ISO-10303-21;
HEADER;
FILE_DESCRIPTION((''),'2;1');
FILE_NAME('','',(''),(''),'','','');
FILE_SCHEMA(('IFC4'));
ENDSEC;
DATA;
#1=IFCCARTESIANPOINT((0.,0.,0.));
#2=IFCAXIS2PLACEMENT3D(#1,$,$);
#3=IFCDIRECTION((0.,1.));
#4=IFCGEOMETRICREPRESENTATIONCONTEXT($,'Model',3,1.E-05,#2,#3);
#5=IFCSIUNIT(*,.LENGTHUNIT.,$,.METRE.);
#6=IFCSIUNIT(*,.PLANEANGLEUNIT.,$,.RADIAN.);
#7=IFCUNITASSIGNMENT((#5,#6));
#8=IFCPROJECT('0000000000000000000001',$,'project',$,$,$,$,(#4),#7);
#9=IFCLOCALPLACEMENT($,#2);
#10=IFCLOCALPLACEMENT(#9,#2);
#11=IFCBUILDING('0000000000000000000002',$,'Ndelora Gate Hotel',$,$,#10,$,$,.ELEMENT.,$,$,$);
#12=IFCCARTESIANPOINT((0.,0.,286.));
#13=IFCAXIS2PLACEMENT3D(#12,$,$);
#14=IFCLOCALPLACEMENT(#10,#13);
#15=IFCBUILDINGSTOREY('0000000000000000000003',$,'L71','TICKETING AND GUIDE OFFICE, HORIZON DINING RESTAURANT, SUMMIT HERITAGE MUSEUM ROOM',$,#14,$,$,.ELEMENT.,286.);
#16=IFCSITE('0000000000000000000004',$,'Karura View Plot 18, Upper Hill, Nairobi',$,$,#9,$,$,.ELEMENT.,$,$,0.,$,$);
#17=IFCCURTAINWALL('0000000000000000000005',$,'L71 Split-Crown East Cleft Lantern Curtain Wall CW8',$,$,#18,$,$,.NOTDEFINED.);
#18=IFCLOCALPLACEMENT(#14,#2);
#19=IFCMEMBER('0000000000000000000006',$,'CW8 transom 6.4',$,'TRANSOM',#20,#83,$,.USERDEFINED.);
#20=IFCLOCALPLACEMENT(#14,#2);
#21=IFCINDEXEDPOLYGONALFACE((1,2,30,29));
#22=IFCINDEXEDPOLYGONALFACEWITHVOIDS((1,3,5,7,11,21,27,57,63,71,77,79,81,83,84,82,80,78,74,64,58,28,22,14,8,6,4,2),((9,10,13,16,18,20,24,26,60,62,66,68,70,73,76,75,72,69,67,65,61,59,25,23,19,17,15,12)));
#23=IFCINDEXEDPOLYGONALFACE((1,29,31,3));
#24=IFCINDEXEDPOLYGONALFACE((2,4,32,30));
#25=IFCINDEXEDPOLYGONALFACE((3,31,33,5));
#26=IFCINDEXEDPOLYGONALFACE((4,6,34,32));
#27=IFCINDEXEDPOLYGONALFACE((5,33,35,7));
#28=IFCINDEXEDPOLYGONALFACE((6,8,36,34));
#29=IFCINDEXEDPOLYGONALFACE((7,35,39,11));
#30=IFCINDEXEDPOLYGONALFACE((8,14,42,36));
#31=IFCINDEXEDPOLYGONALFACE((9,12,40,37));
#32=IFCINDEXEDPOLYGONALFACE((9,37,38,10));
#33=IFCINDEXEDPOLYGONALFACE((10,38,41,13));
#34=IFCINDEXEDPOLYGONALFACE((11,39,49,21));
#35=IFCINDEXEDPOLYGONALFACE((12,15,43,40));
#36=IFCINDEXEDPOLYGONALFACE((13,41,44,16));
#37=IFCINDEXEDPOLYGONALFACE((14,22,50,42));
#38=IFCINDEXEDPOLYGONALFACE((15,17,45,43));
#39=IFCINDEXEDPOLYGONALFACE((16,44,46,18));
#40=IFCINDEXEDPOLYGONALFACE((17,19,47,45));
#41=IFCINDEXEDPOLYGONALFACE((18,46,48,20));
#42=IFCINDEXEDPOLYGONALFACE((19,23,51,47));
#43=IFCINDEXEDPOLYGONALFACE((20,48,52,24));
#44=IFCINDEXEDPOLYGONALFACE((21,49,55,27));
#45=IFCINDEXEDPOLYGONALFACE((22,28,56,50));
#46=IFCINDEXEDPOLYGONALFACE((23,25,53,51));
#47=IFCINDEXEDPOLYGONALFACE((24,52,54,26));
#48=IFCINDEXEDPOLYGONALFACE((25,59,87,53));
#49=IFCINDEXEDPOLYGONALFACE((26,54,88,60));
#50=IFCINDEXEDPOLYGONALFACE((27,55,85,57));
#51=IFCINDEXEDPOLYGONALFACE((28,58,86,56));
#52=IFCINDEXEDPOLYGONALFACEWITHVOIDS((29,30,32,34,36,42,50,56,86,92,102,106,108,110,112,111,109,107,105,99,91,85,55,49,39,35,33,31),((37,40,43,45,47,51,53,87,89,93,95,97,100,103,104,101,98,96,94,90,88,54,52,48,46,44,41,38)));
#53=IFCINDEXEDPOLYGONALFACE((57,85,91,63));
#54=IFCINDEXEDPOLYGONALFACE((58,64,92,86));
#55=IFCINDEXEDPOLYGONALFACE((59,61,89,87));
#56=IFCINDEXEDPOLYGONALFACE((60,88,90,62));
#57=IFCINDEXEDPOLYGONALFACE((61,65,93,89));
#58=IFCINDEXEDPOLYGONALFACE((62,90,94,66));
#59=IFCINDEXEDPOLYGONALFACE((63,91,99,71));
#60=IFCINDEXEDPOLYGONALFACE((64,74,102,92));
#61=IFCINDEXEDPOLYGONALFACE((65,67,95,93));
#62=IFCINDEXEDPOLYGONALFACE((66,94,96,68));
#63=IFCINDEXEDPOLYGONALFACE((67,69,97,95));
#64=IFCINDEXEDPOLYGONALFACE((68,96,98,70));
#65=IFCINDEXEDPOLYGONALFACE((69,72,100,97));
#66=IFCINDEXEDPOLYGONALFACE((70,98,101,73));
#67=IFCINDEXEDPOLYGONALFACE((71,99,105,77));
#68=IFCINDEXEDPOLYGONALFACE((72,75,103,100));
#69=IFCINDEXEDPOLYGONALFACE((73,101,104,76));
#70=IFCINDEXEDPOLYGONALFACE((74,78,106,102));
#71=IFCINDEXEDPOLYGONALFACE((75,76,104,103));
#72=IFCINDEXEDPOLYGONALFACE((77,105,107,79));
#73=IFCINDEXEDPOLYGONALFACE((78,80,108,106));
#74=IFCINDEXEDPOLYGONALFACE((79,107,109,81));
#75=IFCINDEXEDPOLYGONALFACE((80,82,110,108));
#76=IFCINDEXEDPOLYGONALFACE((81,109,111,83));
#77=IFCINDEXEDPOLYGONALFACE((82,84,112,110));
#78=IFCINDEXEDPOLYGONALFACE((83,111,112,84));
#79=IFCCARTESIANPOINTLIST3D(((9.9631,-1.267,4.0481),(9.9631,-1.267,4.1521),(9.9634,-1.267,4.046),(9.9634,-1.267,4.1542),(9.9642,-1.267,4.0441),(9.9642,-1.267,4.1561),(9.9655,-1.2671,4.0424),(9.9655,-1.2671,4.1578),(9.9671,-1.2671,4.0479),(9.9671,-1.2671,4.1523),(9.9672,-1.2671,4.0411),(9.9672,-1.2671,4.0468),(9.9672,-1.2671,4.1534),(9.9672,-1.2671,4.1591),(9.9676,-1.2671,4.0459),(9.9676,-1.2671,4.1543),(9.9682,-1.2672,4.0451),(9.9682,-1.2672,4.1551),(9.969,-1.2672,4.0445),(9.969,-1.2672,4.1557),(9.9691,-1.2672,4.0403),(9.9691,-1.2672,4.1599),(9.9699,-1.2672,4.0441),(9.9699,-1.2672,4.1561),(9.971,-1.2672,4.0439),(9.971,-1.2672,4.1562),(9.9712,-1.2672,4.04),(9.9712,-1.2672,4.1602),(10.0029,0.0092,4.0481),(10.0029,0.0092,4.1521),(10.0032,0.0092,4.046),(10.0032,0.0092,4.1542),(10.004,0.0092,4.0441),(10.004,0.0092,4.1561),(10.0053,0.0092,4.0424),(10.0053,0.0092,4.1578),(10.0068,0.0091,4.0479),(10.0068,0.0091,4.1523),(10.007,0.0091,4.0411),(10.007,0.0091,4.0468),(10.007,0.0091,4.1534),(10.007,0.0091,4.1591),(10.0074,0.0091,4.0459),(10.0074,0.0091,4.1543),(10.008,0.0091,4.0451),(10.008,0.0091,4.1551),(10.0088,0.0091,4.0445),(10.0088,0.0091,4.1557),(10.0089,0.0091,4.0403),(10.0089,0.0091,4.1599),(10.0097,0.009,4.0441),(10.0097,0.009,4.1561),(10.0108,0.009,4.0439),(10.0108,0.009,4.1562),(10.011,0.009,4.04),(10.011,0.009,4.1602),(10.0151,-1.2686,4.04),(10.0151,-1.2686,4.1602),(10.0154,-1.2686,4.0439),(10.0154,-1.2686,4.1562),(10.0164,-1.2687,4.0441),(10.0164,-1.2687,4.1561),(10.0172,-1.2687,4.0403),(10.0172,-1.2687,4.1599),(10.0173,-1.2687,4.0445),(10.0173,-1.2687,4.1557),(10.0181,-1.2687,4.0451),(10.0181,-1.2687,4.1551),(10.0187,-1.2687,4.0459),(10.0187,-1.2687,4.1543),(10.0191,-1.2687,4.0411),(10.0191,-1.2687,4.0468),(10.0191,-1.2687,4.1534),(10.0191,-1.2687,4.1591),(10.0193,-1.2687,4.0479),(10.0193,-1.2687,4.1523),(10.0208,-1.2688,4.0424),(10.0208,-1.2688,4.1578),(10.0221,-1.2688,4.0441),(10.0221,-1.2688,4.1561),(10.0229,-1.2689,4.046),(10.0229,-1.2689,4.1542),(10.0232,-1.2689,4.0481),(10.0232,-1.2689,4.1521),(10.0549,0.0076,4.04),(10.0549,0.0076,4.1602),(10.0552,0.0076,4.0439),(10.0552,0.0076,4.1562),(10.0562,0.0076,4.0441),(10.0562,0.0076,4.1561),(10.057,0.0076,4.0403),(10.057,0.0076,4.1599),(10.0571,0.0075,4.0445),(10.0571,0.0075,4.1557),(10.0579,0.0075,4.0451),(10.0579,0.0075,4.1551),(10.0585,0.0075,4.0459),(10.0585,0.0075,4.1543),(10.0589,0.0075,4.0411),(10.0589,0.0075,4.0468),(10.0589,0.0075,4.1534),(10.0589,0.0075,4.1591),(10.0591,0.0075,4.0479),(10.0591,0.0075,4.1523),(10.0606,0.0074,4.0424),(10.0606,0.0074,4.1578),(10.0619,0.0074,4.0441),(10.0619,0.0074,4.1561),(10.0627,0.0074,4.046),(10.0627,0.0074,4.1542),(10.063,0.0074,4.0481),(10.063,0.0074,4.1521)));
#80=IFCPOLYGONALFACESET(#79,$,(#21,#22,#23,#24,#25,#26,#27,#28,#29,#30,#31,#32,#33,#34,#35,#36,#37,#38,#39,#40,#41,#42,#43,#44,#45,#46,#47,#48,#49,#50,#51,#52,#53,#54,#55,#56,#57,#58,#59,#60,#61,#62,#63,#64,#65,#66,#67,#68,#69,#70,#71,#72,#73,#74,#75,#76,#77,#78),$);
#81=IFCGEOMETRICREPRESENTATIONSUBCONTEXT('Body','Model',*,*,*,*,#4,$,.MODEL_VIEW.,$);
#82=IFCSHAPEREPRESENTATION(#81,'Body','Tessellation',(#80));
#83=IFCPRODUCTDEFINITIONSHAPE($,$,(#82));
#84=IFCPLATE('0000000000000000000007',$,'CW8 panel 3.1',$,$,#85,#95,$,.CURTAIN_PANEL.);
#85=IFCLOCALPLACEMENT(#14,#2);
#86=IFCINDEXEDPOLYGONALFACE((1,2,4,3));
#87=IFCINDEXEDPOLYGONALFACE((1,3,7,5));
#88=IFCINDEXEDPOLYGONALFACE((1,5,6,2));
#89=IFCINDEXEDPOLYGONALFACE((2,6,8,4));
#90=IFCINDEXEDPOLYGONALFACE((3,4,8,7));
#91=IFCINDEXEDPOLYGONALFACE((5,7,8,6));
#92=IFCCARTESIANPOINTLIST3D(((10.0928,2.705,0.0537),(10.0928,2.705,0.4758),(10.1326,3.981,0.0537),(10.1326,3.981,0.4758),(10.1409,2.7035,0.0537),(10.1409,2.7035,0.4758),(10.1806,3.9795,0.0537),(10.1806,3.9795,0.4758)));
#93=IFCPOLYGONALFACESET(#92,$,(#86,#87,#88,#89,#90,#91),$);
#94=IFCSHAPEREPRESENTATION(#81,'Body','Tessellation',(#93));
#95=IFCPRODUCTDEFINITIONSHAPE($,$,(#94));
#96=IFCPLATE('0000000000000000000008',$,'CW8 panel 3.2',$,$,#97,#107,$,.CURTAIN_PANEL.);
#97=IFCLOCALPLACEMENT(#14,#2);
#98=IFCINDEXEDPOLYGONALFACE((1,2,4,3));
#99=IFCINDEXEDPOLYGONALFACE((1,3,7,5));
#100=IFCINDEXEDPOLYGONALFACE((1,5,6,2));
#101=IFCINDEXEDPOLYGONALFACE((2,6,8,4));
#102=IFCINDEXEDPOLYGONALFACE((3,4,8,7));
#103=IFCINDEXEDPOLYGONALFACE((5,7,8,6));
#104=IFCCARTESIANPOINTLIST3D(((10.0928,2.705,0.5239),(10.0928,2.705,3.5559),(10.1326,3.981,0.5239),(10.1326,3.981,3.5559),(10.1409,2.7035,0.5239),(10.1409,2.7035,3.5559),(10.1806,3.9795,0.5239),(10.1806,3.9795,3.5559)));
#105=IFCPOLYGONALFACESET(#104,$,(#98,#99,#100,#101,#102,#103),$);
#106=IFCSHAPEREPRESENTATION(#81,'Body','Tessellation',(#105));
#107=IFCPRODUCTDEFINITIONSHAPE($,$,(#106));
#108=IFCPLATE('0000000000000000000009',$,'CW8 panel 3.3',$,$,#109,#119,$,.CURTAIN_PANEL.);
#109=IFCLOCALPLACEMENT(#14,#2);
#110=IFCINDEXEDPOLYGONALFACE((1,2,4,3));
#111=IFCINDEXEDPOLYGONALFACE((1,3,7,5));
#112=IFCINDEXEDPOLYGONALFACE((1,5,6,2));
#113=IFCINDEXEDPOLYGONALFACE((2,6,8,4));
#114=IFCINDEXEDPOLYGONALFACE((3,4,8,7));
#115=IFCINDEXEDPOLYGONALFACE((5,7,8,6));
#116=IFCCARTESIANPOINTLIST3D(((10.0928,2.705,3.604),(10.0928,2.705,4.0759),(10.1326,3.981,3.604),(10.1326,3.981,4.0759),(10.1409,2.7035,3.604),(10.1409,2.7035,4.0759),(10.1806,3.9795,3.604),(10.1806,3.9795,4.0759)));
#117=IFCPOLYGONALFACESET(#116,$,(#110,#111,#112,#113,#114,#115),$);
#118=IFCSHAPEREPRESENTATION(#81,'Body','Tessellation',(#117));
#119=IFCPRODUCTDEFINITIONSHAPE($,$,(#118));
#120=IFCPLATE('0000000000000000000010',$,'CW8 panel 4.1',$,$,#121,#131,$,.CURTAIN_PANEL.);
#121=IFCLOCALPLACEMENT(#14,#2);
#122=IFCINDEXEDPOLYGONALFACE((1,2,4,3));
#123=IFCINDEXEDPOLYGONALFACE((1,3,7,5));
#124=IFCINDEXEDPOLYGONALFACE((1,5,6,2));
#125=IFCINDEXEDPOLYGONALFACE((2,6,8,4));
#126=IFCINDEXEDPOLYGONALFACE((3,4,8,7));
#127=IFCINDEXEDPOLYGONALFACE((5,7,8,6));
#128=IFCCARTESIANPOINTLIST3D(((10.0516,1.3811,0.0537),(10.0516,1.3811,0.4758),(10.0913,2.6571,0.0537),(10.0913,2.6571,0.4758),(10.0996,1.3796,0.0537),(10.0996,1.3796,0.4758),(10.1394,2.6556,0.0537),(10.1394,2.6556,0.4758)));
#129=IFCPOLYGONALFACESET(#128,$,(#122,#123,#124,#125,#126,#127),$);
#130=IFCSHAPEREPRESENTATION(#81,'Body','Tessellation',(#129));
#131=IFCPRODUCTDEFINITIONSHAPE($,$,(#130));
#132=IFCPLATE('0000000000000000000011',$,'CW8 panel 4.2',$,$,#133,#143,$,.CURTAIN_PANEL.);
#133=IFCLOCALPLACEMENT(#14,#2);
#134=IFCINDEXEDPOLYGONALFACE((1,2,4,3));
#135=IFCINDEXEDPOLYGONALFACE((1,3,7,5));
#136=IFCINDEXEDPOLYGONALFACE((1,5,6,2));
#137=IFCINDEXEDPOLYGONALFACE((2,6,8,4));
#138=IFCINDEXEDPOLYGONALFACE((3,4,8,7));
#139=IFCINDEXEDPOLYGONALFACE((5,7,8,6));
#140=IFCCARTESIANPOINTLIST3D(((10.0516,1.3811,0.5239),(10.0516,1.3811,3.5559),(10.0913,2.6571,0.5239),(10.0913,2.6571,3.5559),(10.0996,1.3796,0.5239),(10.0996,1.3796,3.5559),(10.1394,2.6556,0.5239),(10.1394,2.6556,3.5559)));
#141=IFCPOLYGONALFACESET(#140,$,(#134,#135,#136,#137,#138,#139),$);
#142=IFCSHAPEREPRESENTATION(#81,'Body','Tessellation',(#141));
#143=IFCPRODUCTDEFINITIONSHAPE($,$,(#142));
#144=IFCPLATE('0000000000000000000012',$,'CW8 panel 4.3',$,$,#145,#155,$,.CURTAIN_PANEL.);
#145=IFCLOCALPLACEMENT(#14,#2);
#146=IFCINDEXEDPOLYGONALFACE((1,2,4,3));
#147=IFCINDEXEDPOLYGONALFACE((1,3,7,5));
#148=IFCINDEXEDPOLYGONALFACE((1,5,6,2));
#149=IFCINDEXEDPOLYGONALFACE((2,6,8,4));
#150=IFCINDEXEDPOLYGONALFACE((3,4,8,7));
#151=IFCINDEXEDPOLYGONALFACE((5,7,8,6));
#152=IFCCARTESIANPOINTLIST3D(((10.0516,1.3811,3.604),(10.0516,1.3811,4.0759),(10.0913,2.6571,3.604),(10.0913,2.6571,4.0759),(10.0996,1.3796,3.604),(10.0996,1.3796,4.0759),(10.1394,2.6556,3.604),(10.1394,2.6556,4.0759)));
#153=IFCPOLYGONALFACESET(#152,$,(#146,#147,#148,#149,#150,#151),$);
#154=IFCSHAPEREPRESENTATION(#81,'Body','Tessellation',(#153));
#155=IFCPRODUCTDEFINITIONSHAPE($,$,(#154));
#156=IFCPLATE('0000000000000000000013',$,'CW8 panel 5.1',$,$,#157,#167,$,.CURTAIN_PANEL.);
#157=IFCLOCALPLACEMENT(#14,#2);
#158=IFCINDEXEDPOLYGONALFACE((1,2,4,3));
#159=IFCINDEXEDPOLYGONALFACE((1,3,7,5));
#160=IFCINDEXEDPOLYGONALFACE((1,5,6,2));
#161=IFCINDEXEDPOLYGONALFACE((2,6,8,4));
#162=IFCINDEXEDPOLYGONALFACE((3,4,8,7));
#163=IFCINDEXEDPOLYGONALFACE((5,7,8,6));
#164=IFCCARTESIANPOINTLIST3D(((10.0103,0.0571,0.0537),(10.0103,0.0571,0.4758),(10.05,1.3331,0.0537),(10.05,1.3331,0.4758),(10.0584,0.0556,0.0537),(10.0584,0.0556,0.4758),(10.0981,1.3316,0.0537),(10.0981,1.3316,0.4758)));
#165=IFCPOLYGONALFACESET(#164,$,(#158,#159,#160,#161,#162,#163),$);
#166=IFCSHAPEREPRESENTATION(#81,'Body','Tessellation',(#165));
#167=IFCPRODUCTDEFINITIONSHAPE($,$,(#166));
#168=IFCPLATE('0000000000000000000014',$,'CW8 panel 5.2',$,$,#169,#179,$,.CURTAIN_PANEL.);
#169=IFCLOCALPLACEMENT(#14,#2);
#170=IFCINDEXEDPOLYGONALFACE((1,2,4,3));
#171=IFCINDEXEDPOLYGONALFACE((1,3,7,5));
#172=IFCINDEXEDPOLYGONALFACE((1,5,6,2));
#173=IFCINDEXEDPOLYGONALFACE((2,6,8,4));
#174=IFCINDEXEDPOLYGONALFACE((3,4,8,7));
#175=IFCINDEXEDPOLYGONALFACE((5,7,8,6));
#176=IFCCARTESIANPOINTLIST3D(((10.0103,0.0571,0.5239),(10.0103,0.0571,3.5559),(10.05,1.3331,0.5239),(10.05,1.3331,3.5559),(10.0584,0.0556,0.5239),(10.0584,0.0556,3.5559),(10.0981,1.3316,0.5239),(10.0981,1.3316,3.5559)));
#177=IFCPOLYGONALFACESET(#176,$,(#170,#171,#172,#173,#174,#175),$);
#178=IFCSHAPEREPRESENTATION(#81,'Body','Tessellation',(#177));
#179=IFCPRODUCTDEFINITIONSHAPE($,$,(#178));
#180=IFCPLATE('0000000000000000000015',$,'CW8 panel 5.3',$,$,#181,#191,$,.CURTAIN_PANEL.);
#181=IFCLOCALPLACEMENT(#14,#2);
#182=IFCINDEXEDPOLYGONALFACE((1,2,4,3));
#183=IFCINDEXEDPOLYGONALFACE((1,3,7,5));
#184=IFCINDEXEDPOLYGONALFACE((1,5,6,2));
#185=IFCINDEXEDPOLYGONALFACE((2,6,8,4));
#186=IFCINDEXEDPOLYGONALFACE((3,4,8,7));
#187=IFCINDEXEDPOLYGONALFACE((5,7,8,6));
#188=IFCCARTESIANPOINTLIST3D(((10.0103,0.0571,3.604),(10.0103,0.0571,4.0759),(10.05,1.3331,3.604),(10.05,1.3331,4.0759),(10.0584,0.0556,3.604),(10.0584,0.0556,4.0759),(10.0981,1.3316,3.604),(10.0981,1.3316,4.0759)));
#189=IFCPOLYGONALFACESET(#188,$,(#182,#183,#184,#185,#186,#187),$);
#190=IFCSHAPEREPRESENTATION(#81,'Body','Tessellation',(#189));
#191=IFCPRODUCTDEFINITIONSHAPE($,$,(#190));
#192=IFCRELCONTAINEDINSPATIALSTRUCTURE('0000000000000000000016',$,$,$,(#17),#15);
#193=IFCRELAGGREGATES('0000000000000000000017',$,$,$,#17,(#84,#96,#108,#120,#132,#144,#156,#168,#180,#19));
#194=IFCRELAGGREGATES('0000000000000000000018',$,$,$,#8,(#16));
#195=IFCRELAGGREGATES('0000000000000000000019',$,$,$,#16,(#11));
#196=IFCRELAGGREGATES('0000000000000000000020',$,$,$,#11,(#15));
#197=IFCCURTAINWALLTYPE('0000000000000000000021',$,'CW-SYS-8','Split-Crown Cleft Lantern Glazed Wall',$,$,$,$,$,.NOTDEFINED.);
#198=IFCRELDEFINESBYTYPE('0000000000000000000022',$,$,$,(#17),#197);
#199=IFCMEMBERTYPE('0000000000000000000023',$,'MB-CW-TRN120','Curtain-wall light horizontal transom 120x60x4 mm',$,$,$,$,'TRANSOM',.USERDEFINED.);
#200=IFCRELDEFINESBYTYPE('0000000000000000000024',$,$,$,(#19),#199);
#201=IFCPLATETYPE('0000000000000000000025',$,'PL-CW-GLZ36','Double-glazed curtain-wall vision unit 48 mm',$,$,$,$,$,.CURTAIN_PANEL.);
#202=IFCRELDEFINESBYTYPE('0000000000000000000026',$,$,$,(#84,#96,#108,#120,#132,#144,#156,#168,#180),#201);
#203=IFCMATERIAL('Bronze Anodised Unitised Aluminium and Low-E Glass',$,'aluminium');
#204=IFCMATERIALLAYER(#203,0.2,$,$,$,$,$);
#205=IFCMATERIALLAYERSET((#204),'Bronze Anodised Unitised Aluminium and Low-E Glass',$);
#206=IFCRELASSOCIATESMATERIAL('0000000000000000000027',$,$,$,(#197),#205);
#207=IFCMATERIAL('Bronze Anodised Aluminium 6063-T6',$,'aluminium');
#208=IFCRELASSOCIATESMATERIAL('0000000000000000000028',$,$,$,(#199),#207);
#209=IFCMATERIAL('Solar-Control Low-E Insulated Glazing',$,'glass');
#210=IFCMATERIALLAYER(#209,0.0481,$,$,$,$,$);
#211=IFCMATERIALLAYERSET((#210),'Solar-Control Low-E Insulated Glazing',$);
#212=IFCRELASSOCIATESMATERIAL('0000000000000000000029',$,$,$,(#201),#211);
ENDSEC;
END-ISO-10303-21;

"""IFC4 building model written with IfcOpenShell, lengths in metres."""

from ifc_helpers import new_model, si_unit, direction, frame, origin, origin_2d, place, context, subcontext, project, spatial, rectangle, hollow_rectangle, extrude, material, layer, layer_set, material_profile, profile_set, type_object, element, aggregate, save


model = new_model("IFC4")

# Units and contexts
model_context = context("Model", 3, precision=1e-05, world=origin(), true_north=direction((0.0, 1.0)))
body_context = subcontext(model_context, "Body", "Model", "MODEL_VIEW")
ifc_project = project(units=[si_unit("LENGTHUNIT", "METRE"), si_unit("PLANEANGLEUNIT", "RADIAN")], contexts=[model_context])

# Site, building, storey
site_placement = place(None, origin())
site = spatial("IfcSite", under=ifc_project, at=site_placement, Name="Karura View Plot 18, Upper Hill, Nairobi", CompositionType="ELEMENT", RefElevation=0.0)
building_placement = place(site_placement, origin())
building = spatial("IfcBuilding", under=site, at=building_placement, Name="Ndelora Gate Hotel", CompositionType="ELEMENT")
storey_placement = place(building_placement, frame((0.0, 0.0, 286.0)))
storey = spatial("IfcBuildingStorey", under=building, at=storey_placement, Name="L71", Description="TICKETING AND GUIDE OFFICE, HORIZON DINING RESTAURANT, SUMMIT HERITAGE MUSEUM ROOM", CompositionType="ELEMENT", Elevation=286.0)

# Curtain wall, member, plates
ifc_material_1 = material(Name="Bronze Anodised Unitised Aluminium and Low-E Glass", Category="aluminium")
ifc_layer_1 = layer(ifc_material_1, 0.2)
ifc_layer_set_1 = layer_set([ifc_layer_1], Name="Bronze Anodised Unitised Aluminium and Low-E Glass")
curtain_wall_type = type_object("IfcCurtainWallType", Name="CW-SYS-8", Description="Split-Crown Cleft Lantern Glazed Wall", PredefinedType="NOTDEFINED", material=ifc_layer_set_1)
curtain_wall_placement = place(storey_placement, origin())
curtain_wall = element("IfcCurtainWall", 1, at=curtain_wall_placement, inside=storey, type_object=curtain_wall_type, Name="L71 Split-Crown East Cleft Lantern Curtain Wall CW8", PredefinedType="NOTDEFINED")
ifc_material_2 = material(Name="Bronze Anodised Aluminium 6063-T6", Category="aluminium")
ifc_material_profile_1 = material_profile(ifc_material_2, hollow_rectangle(XDim=0.0601, YDim=0.1201, WallThickness=0.0039, InnerFilletRadius=0.0039, OuterFilletRadius=0.0081, at=origin_2d()), Name="ALU 120x60x4")
ifc_profile_set_1 = profile_set([ifc_material_profile_1], Name="Bronze Anodised Aluminium 6063-T6")
member_type_1 = type_object("IfcMemberType", Name="MB-CW-TRN120", Description="Curtain-wall light horizontal transom 120x60x4 mm", ElementType="TRANSOM", PredefinedType="USERDEFINED", material=ifc_profile_set_1)
member_1_placement = place(storey_placement, frame((10.033, 0.0083, 4.1001), z_axis=(-0.031169, -0.999514, 0.0), x_axis=(0.999514, -0.031169, 0.0)))
member_1 = element("IfcMember", 2, at=member_1_placement, type_object=member_type_1, Name="CW8 transom 6.4", ObjectType="TRANSOM", PredefinedType="USERDEFINED", context=body_context, shape_type="SweptSolid", body=[
    extrude(hollow_rectangle(XDim=0.0601, YDim=0.1201, WallThickness=0.0039, InnerFilletRadius=0.0039, OuterFilletRadius=0.0081, at=origin_2d()), origin(), (0.0, 0.0, 1.0), 1.2769),
])
ifc_material_3 = material(Name="Solar-Control Low-E Insulated Glazing", Category="glass")
ifc_layer_2 = layer(ifc_material_3, 0.0481)
ifc_layer_set_2 = layer_set([ifc_layer_2], Name="Solar-Control Low-E Insulated Glazing")
plate_type = type_object("IfcPlateType", Name="PL-CW-GLZ36", Description="Double-glazed curtain-wall vision unit 48 mm", PredefinedType="CURTAIN_PANEL", material=ifc_layer_set_2)
plate_1_placement = place(storey_placement, frame((10.1367, 3.3423, 0.0537), z_axis=(0.0, 0.0, 1.0), x_axis=(-0.031131, -0.999515, 0.0)))
plate_1 = element("IfcPlate", 3, at=plate_1_placement, type_object=plate_type, Name="CW8 panel 3.1", PredefinedType="CURTAIN_PANEL", context=body_context, shape_type="SweptSolid", body=[
    extrude(rectangle(XDim=1.2766, YDim=0.0481, at=origin_2d()), origin(), (0.0, 0.0, 1.0), 0.4221),
])
plate_2_placement = place(storey_placement, frame((10.1367, 3.3423, 0.5239), z_axis=(0.0, 0.0, 1.0), x_axis=(-0.031131, -0.999515, 0.0)))
plate_2 = element("IfcPlate", 4, at=plate_2_placement, type_object=plate_type, Name="CW8 panel 3.2", PredefinedType="CURTAIN_PANEL", context=body_context, shape_type="SweptSolid", body=[
    extrude(rectangle(XDim=1.2766, YDim=0.0481, at=origin_2d()), origin(), (0.0, 0.0, 1.0), 3.032),
])
plate_3_placement = place(storey_placement, frame((10.1367, 3.3423, 3.604), z_axis=(0.0, 0.0, 1.0), x_axis=(-0.031131, -0.999515, 0.0)))
plate_3 = element("IfcPlate", 5, at=plate_3_placement, type_object=plate_type, Name="CW8 panel 3.3", PredefinedType="CURTAIN_PANEL", context=body_context, shape_type="SweptSolid", body=[
    extrude(rectangle(XDim=1.2766, YDim=0.0481, at=origin_2d()), origin(), (0.0, 0.0, 1.0), 0.4719),
])
plate_4_placement = place(storey_placement, frame((10.0955, 2.0183, 0.0537), z_axis=(0.0, 0.0, 1.0), x_axis=(-0.031131, -0.999515, 0.0)))
plate_4 = element("IfcPlate", 6, at=plate_4_placement, type_object=plate_type, Name="CW8 panel 4.1", PredefinedType="CURTAIN_PANEL", context=body_context, shape_type="SweptSolid", body=[
    extrude(rectangle(XDim=1.2766, YDim=0.0481, at=origin_2d()), origin(), (0.0, 0.0, 1.0), 0.4221),
])
plate_5_placement = place(storey_placement, frame((10.0955, 2.0183, 0.5239), z_axis=(0.0, 0.0, 1.0), x_axis=(-0.031131, -0.999515, 0.0)))
plate_5 = element("IfcPlate", 7, at=plate_5_placement, type_object=plate_type, Name="CW8 panel 4.2", PredefinedType="CURTAIN_PANEL", context=body_context, shape_type="SweptSolid", body=[
    extrude(rectangle(XDim=1.2766, YDim=0.0481, at=origin_2d()), origin(), (0.0, 0.0, 1.0), 3.032),
])
plate_6_placement = place(storey_placement, frame((10.0955, 2.0183, 3.604), z_axis=(0.0, 0.0, 1.0), x_axis=(-0.031131, -0.999515, 0.0)))
plate_6 = element("IfcPlate", 8, at=plate_6_placement, type_object=plate_type, Name="CW8 panel 4.3", PredefinedType="CURTAIN_PANEL", context=body_context, shape_type="SweptSolid", body=[
    extrude(rectangle(XDim=1.2766, YDim=0.0481, at=origin_2d()), origin(), (0.0, 0.0, 1.0), 0.4719),
])
plate_7_placement = place(storey_placement, frame((10.0542, 0.6943, 0.0537), z_axis=(0.0, 0.0, 1.0), x_axis=(-0.031131, -0.999515, 0.0)))
plate_7 = element("IfcPlate", 9, at=plate_7_placement, type_object=plate_type, Name="CW8 panel 5.1", PredefinedType="CURTAIN_PANEL", context=body_context, shape_type="SweptSolid", body=[
    extrude(rectangle(XDim=1.2766, YDim=0.0481, at=origin_2d()), origin(), (0.0, 0.0, 1.0), 0.4221),
])
plate_8_placement = place(storey_placement, frame((10.0542, 0.6943, 0.5239), z_axis=(0.0, 0.0, 1.0), x_axis=(-0.031131, -0.999515, 0.0)))
plate_8 = element("IfcPlate", 10, at=plate_8_placement, type_object=plate_type, Name="CW8 panel 5.2", PredefinedType="CURTAIN_PANEL", context=body_context, shape_type="SweptSolid", body=[
    extrude(rectangle(XDim=1.2766, YDim=0.0481, at=origin_2d()), origin(), (0.0, 0.0, 1.0), 3.032),
])
plate_9_placement = place(storey_placement, frame((10.0542, 0.6943, 3.604), z_axis=(0.0, 0.0, 1.0), x_axis=(-0.031131, -0.999515, 0.0)))
plate_9 = element("IfcPlate", 11, at=plate_9_placement, type_object=plate_type, Name="CW8 panel 5.3", PredefinedType="CURTAIN_PANEL", context=body_context, shape_type="SweptSolid", body=[
    extrude(rectangle(XDim=1.2766, YDim=0.0481, at=origin_2d()), origin(), (0.0, 0.0, 1.0), 0.4719),
])
aggregate(curtain_wall, [plate_1, plate_2, plate_3, plate_4, plate_5, plate_6, plate_7, plate_8, plate_9, member_1])

save(model, "model.ifc")
